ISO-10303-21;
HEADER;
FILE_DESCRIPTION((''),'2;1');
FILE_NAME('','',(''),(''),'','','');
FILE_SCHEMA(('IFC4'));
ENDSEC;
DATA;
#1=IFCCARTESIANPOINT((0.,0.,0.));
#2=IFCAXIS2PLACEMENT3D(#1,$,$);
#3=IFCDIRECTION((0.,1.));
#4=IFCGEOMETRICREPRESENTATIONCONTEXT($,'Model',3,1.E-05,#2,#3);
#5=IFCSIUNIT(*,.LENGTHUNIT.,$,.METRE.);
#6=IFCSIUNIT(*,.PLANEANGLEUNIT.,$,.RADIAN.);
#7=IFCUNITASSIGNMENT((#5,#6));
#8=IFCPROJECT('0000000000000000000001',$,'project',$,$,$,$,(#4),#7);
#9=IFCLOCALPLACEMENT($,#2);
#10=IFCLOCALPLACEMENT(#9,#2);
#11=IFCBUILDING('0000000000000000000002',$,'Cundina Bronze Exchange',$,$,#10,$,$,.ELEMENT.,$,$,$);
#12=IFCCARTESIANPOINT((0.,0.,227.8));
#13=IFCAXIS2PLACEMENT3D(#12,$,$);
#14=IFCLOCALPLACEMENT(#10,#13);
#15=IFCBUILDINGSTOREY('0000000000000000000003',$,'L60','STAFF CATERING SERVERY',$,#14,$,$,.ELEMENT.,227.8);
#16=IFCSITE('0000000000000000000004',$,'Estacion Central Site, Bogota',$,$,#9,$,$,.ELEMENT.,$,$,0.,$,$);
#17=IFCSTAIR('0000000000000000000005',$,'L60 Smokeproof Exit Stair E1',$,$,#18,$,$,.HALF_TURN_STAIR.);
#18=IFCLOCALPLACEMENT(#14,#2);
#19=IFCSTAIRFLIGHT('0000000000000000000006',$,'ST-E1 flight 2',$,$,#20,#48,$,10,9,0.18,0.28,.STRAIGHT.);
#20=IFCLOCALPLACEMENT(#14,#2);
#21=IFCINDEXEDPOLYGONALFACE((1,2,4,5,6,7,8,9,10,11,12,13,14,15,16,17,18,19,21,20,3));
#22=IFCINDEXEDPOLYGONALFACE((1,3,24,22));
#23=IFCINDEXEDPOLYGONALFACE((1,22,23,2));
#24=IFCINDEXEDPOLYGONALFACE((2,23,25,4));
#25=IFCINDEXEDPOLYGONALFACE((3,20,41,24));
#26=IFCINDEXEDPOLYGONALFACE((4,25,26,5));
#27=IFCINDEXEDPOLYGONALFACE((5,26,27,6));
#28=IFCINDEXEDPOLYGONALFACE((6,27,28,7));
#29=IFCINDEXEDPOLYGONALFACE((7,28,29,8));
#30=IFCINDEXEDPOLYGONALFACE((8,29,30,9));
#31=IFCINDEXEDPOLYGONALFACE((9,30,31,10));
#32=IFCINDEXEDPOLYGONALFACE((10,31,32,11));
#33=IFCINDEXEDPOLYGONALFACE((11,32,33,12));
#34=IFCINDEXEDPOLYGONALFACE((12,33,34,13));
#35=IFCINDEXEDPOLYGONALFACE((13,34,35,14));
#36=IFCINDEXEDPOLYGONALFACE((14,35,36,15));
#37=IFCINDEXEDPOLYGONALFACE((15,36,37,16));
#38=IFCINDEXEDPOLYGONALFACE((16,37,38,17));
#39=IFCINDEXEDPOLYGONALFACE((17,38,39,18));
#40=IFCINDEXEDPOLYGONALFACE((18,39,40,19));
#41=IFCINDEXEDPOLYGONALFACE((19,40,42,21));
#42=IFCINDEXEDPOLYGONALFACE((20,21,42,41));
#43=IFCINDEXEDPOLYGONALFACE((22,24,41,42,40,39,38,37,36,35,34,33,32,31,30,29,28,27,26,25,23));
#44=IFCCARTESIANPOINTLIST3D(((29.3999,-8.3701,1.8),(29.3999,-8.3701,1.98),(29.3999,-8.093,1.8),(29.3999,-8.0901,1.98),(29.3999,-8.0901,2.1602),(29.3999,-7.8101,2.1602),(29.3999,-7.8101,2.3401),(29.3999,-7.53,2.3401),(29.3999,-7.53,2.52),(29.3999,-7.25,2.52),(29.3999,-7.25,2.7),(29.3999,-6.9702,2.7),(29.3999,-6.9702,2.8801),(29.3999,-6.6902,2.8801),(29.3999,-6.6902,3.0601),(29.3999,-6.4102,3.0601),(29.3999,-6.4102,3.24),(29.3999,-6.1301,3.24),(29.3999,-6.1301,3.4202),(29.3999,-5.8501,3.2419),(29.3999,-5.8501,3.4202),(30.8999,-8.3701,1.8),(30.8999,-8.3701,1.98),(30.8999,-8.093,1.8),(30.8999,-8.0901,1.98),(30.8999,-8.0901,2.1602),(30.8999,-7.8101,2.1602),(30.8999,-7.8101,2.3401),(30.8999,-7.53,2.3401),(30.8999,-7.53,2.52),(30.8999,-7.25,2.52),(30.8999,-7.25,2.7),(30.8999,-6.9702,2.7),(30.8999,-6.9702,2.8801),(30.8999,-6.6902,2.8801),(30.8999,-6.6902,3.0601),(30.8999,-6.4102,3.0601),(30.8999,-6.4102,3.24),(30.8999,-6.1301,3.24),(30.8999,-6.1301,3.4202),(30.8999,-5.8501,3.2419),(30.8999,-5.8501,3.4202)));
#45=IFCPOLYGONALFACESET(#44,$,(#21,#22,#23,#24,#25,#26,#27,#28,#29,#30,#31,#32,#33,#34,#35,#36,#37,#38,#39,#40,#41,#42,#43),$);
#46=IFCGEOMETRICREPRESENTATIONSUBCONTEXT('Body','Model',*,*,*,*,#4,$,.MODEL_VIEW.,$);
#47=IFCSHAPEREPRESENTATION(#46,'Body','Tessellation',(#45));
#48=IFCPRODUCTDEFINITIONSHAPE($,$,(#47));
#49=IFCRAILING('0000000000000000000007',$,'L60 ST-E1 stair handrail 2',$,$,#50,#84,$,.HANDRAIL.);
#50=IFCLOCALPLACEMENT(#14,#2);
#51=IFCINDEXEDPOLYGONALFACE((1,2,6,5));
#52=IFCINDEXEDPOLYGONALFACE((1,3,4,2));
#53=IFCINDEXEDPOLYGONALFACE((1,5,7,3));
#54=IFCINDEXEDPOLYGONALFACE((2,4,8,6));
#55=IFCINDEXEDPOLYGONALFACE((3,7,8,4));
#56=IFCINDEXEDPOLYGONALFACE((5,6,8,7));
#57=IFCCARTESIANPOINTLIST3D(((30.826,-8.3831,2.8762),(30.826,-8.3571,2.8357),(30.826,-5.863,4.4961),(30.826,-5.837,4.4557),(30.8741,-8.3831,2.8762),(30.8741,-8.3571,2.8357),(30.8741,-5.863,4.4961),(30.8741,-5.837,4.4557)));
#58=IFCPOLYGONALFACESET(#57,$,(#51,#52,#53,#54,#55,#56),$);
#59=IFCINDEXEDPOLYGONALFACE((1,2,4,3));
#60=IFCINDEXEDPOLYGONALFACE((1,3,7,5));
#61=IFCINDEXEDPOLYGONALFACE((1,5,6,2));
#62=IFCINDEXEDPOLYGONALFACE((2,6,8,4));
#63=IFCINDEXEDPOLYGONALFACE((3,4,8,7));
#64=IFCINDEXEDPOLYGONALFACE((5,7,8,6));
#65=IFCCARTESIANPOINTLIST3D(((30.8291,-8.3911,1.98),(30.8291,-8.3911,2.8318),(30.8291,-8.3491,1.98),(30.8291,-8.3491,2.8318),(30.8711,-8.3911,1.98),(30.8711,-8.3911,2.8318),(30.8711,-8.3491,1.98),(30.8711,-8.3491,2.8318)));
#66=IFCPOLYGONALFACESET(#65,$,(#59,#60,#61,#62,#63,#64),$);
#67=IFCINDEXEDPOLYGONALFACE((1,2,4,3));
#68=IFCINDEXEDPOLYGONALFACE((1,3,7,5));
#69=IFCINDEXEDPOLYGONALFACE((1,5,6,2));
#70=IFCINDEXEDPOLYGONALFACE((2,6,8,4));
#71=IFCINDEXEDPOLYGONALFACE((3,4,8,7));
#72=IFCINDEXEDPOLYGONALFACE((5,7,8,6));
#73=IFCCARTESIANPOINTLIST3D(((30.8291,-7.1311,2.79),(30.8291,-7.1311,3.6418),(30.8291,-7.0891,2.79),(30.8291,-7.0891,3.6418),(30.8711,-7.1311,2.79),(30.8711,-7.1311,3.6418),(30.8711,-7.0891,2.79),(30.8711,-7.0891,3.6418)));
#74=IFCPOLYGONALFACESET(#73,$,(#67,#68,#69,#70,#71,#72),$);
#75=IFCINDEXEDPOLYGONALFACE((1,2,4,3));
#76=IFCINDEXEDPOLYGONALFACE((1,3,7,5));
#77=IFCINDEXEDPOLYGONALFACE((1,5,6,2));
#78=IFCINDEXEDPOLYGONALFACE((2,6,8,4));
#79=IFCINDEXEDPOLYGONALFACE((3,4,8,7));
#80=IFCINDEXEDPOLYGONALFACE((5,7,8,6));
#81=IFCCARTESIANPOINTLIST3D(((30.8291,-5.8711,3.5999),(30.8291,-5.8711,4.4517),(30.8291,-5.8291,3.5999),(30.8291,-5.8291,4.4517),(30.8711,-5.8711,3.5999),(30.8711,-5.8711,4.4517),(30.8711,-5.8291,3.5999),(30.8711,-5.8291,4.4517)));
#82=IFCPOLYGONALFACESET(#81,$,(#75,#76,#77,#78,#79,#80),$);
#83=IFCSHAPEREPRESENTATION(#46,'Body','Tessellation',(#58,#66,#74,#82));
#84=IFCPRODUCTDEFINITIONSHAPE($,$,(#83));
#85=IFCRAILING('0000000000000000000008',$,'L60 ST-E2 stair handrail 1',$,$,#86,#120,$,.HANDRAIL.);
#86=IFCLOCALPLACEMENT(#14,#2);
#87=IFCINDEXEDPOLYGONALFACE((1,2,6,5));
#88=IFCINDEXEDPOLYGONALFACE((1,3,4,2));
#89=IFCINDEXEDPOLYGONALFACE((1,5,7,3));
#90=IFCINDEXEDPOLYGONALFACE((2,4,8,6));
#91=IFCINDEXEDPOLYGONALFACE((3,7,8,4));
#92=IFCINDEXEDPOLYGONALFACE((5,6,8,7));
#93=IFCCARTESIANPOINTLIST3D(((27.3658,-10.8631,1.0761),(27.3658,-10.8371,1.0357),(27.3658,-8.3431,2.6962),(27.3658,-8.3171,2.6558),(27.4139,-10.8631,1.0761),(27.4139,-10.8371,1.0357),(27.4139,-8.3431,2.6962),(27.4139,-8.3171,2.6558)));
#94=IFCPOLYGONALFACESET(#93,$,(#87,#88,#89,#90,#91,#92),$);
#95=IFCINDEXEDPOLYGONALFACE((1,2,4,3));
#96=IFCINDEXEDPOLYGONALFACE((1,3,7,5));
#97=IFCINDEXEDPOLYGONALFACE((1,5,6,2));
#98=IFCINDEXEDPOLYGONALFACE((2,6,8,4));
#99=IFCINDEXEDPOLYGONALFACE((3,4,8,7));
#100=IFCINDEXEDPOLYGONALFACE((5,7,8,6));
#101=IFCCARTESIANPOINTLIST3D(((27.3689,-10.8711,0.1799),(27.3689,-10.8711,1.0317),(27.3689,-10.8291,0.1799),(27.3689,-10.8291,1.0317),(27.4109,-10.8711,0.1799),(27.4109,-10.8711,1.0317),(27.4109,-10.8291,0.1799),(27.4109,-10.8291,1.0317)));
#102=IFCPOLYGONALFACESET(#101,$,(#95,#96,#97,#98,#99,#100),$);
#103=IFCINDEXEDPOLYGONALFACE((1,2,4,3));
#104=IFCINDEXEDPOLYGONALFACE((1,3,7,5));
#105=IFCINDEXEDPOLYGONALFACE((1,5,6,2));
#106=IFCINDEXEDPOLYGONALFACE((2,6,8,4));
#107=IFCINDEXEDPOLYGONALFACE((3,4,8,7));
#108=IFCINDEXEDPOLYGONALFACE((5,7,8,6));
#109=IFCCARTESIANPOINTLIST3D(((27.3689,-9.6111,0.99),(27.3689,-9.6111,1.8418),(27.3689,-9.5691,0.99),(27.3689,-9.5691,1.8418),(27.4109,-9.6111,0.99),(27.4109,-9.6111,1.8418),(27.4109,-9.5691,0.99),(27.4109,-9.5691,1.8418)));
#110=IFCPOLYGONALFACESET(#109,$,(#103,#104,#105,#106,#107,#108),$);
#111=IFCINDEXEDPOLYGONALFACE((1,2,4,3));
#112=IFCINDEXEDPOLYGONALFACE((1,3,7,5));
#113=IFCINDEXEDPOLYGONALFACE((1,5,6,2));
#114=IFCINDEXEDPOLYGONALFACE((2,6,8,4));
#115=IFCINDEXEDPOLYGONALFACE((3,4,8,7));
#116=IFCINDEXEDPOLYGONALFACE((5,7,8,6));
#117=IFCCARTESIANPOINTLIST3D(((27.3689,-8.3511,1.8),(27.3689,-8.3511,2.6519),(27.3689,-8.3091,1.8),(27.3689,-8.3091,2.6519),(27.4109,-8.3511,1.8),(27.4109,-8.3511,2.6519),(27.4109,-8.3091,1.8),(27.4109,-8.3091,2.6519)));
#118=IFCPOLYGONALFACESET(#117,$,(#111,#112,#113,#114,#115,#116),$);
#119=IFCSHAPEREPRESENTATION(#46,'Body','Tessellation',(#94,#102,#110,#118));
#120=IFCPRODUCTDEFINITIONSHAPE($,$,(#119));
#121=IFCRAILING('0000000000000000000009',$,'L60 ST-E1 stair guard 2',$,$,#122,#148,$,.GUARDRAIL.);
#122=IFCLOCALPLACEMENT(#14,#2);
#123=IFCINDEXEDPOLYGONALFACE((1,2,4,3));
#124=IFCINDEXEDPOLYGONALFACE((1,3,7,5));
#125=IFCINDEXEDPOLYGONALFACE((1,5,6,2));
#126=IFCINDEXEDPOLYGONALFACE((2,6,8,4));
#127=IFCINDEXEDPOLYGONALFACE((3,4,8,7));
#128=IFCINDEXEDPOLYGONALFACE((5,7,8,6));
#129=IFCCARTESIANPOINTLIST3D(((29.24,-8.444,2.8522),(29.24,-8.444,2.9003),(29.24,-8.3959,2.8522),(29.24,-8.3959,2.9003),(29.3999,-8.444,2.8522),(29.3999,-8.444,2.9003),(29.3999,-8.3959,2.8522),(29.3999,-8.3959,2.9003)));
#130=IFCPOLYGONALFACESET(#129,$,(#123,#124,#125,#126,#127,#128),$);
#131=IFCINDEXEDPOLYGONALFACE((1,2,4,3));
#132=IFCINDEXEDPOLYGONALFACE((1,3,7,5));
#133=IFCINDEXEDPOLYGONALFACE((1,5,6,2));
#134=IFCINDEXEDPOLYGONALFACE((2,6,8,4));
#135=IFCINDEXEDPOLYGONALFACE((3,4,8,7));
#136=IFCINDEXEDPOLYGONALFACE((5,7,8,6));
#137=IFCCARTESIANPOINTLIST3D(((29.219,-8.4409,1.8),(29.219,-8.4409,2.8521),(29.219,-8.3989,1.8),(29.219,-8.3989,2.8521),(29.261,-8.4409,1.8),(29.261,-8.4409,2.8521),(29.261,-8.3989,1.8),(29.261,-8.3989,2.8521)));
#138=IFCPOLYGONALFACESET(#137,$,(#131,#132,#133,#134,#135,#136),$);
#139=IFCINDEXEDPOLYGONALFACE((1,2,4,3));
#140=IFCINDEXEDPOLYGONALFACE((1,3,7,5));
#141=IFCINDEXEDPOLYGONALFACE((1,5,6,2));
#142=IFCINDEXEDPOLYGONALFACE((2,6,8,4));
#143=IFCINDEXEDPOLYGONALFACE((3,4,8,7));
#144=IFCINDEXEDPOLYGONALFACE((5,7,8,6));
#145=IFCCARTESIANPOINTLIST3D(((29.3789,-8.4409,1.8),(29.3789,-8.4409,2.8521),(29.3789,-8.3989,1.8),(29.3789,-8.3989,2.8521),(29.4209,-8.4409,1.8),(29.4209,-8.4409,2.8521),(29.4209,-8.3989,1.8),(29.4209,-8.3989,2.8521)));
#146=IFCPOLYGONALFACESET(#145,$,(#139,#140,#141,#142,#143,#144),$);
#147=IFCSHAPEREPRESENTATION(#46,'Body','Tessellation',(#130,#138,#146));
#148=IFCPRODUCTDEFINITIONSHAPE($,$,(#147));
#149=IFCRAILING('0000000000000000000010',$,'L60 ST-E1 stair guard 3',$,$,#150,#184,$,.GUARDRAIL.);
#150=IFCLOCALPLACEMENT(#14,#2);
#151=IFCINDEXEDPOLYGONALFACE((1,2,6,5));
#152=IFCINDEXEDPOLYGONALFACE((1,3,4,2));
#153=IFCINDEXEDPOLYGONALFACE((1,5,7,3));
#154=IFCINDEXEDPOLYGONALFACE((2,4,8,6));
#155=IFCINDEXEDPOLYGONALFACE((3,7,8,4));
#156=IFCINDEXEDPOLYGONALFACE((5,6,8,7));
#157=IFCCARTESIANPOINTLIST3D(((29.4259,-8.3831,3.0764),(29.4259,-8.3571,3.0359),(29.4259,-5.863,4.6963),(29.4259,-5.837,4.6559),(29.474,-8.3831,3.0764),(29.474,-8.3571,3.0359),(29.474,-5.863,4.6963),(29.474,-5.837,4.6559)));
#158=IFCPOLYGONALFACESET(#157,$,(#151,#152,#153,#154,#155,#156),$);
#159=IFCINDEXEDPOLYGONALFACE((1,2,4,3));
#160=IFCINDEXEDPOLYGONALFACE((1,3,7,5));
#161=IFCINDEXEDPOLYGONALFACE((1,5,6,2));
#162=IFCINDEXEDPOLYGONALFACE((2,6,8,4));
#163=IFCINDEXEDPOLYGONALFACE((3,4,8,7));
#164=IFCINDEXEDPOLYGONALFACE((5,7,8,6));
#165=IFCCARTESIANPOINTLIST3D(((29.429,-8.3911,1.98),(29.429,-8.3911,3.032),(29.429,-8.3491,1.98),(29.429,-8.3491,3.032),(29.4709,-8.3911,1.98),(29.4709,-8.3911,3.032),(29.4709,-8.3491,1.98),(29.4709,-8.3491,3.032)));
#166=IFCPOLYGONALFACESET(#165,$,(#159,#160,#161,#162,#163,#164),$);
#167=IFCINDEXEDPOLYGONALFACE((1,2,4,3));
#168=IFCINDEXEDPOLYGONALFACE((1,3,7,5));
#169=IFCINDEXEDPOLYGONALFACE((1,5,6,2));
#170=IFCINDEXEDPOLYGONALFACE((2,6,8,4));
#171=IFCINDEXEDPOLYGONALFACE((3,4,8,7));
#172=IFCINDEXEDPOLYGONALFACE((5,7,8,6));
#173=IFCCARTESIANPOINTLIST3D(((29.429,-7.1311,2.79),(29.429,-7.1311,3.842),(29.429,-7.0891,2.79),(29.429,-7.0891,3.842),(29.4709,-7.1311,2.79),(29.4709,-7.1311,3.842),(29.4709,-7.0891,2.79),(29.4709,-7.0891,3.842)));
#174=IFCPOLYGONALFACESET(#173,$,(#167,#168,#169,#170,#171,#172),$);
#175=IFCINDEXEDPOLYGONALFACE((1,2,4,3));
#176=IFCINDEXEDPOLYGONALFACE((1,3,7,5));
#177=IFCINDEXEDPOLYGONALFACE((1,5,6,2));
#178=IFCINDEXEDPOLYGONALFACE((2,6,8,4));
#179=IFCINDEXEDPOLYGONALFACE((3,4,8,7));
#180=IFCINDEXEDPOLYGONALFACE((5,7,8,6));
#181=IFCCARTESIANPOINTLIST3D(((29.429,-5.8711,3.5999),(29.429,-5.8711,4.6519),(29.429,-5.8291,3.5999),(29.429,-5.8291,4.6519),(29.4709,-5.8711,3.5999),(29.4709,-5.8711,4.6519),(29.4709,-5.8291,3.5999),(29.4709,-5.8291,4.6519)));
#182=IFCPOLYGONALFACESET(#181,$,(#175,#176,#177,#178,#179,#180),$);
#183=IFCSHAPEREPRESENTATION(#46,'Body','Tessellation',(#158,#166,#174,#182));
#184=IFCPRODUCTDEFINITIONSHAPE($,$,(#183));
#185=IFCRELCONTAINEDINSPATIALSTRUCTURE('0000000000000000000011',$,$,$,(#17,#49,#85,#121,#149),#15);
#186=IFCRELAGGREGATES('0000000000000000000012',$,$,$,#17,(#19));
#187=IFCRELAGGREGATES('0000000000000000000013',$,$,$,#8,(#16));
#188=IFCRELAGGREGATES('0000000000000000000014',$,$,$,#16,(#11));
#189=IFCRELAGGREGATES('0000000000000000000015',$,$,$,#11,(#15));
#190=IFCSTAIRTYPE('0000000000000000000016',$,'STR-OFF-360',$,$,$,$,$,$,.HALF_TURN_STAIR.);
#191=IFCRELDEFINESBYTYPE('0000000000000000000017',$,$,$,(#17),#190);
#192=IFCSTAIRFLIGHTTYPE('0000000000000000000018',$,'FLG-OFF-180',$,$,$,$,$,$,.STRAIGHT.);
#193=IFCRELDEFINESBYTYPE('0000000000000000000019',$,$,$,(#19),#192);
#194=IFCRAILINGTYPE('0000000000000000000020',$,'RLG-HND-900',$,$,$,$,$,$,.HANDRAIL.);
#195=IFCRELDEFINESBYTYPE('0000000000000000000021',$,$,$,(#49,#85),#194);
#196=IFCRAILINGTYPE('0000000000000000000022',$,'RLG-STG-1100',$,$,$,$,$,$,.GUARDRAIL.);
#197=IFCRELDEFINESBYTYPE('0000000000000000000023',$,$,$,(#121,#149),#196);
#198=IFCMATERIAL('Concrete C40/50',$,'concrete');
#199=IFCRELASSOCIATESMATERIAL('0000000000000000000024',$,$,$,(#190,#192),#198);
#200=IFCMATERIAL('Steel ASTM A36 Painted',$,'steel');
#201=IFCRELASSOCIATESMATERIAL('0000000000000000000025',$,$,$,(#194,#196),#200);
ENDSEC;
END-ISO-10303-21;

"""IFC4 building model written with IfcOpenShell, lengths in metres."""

from ifc_helpers import new_model, si_unit, direction, frame, origin, origin_2d, place, context, subcontext, project, spatial, polyline, rectangle, outline, extrude, material, type_object, element, aggregate, save


model = new_model("IFC4")

# Units and contexts
model_context = context("Model", 3, precision=1e-05, world=origin(), true_north=direction((0.0, 1.0)))
body_context = subcontext(model_context, "Body", "Model", "MODEL_VIEW")
ifc_project = project(units=[si_unit("LENGTHUNIT", "METRE"), si_unit("PLANEANGLEUNIT", "RADIAN")], contexts=[model_context])

# Site, building, storey
site_placement = place(None, origin())
site = spatial("IfcSite", under=ifc_project, at=site_placement, Name="Estacion Central Site, Bogota", CompositionType="ELEMENT", RefElevation=0.0)
building_placement = place(site_placement, origin())
building = spatial("IfcBuilding", under=site, at=building_placement, Name="Cundina Bronze Exchange", CompositionType="ELEMENT")
storey_placement = place(building_placement, frame((0.0, 0.0, 227.8)))
storey = spatial("IfcBuildingStorey", under=building, at=storey_placement, Name="L60", Description="STAFF CATERING SERVERY", CompositionType="ELEMENT", Elevation=227.8)

# Stair, stair flight
ifc_material_1 = material(Name="Concrete C40/50", Category="concrete")
stair_type = type_object("IfcStairType", Name="STR-OFF-360", PredefinedType="HALF_TURN_STAIR", material=ifc_material_1)
stair_placement = place(storey_placement, origin())
stair = element("IfcStair", 1, at=stair_placement, inside=storey, type_object=stair_type, Name="L60 Smokeproof Exit Stair E1", PredefinedType="HALF_TURN_STAIR")
stair_flight_type = type_object("IfcStairFlightType", Name="FLG-OFF-180", PredefinedType="STRAIGHT", material=ifc_material_1)
stair_flight_placement = place(storey_placement, frame((30.1499, -8.3701, 1.8), z_axis=(0.0, 0.0, 1.0), x_axis=(0.0, 1.0, 0.0)))
stair_flight = element("IfcStairFlight", 2, at=stair_flight_placement, type_object=stair_flight_type, Name="ST-E1 flight 2", NumberOfRisers=10, NumberOfTreads=9, PredefinedType="STRAIGHT", RiserHeight=0.18, TreadLength=0.28, context=body_context, shape_type="SweptSolid", body=[
    extrude(outline(polyline([(0.0, 0.0), (0.0, 0.1799), (0.28, 0.1799), (0.28, 0.3601), (0.5601, 0.3601), (0.5601, 0.54), (0.8401, 0.54), (0.8401, 0.72), (1.1201, 0.72), (1.1201, 0.8999), (1.3999, 0.8999), (1.3999, 1.0801), (1.6799, 1.0801), (1.6799, 1.26), (1.96, 1.26), (1.96, 1.4399), (2.24, 1.4399), (2.24, 1.6201), (2.52, 1.6201), (2.52, 1.8), (2.52, 1.4419), (0.2771, 0.0), (0.0, 0.0)])), frame((0.0, 0.75, 0.0), z_axis=(0.0, -1.0, 0.0), x_axis=(1.0, 0.0, 0.0)), (0.0, 0.0, 1.0), 1.5),
])
aggregate(stair, [stair_flight])

# Railings
ifc_material_2 = material(Name="Steel ASTM A36 Painted", Category="steel")
railing_type_1 = type_object("IfcRailingType", Name="RLG-HND-900", PredefinedType="HANDRAIL", material=ifc_material_2)
railing_1_placement = place(storey_placement, frame((30.8501, -8.3701, 1.98)))
element("IfcRailing", 3, at=railing_1_placement, inside=storey, type_object=railing_type_1, Name="L60 ST-E1 stair handrail 2", PredefinedType="HANDRAIL", context=body_context, shape_type="SweptSolid", body=[
    extrude(rectangle(XDim=0.0481, YDim=0.0481, at=origin_2d()), frame((0.0, 0.0, 0.876), z_axis=(0.0, 0.8412, 0.540725), x_axis=(-1.0, 0.0, 0.0)), (0.0, 0.0, 1.0), 2.9958),
    extrude(rectangle(XDim=0.042, YDim=0.042, at=origin_2d()), origin(), (0.0, 0.0, 1.0), 0.8518),
    extrude(rectangle(XDim=0.042, YDim=0.042, at=origin_2d()), frame((0.0, 1.26, 0.8101)), (0.0, 0.0, 1.0), 0.8518),
    extrude(rectangle(XDim=0.042, YDim=0.042, at=origin_2d()), frame((0.0, 2.52, 1.6199)), (0.0, 0.0, 1.0), 0.8518),
])
railing_2_placement = place(storey_placement, frame((27.3899, -10.8501, 0.1799)))
element("IfcRailing", 4, at=railing_2_placement, inside=storey, type_object=railing_type_1, Name="L60 ST-E2 stair handrail 1", PredefinedType="HANDRAIL", context=body_context, shape_type="SweptSolid", body=[
    extrude(rectangle(XDim=0.0481, YDim=0.0481, at=origin_2d()), frame((0.0, 0.0, 0.876), z_axis=(0.0, 0.841163, 0.540782), x_axis=(-1.0, 0.0, 0.0)), (0.0, 0.0, 1.0), 2.9958),
    extrude(rectangle(XDim=0.042, YDim=0.042, at=origin_2d()), origin(), (0.0, 0.0, 1.0), 0.8518),
    extrude(rectangle(XDim=0.042, YDim=0.042, at=origin_2d()), frame((0.0, 1.26, 0.8101)), (0.0, 0.0, 1.0), 0.8518),
    extrude(rectangle(XDim=0.042, YDim=0.042, at=origin_2d()), frame((0.0, 2.52, 1.6201)), (0.0, 0.0, 1.0), 0.8518),
])
railing_type_2 = type_object("IfcRailingType", Name="RLG-STG-1100", PredefinedType="GUARDRAIL", material=ifc_material_2)
railing_3_placement = place(storey_placement, frame((29.24, -8.4199, 1.8)))
element("IfcRailing", 5, at=railing_3_placement, inside=storey, type_object=railing_type_2, Name="L60 ST-E1 stair guard 2", PredefinedType="GUARDRAIL", context=body_context, shape_type="SweptSolid", body=[
    extrude(rectangle(XDim=0.0481, YDim=0.0481, at=origin_2d()), frame((0.0, 0.0, 1.0762), z_axis=(1.0, 0.0, 0.0), x_axis=(0.0, 1.0, 0.0)), (0.0, 0.0, 1.0), 0.1599),
    extrude(rectangle(XDim=0.042, YDim=0.042, at=origin_2d()), origin(), (0.0, 0.0, 1.0), 1.052),
    extrude(rectangle(XDim=0.042, YDim=0.042, at=origin_2d()), frame((0.1599, 0.0, 0.0)), (0.0, 0.0, 1.0), 1.052),
])
railing_4_placement = place(storey_placement, frame((29.45, -8.3701, 1.98)))
element("IfcRailing", 6, at=railing_4_placement, inside=storey, type_object=railing_type_2, Name="L60 ST-E1 stair guard 3", PredefinedType="GUARDRAIL", context=body_context, shape_type="SweptSolid", body=[
    extrude(rectangle(XDim=0.0481, YDim=0.0481, at=origin_2d()), frame((0.0, 0.0, 1.0762), z_axis=(0.0, 0.8412, 0.540725), x_axis=(-1.0, 0.0, 0.0)), (0.0, 0.0, 1.0), 2.9958),
    extrude(rectangle(XDim=0.042, YDim=0.042, at=origin_2d()), origin(), (0.0, 0.0, 1.0), 1.052),
    extrude(rectangle(XDim=0.042, YDim=0.042, at=origin_2d()), frame((0.0, 1.26, 0.8101)), (0.0, 0.0, 1.0), 1.052),
    extrude(rectangle(XDim=0.042, YDim=0.042, at=origin_2d()), frame((0.0, 2.52, 1.6199)), (0.0, 0.0, 1.0), 1.052),
])

save(model, "model.ifc")
